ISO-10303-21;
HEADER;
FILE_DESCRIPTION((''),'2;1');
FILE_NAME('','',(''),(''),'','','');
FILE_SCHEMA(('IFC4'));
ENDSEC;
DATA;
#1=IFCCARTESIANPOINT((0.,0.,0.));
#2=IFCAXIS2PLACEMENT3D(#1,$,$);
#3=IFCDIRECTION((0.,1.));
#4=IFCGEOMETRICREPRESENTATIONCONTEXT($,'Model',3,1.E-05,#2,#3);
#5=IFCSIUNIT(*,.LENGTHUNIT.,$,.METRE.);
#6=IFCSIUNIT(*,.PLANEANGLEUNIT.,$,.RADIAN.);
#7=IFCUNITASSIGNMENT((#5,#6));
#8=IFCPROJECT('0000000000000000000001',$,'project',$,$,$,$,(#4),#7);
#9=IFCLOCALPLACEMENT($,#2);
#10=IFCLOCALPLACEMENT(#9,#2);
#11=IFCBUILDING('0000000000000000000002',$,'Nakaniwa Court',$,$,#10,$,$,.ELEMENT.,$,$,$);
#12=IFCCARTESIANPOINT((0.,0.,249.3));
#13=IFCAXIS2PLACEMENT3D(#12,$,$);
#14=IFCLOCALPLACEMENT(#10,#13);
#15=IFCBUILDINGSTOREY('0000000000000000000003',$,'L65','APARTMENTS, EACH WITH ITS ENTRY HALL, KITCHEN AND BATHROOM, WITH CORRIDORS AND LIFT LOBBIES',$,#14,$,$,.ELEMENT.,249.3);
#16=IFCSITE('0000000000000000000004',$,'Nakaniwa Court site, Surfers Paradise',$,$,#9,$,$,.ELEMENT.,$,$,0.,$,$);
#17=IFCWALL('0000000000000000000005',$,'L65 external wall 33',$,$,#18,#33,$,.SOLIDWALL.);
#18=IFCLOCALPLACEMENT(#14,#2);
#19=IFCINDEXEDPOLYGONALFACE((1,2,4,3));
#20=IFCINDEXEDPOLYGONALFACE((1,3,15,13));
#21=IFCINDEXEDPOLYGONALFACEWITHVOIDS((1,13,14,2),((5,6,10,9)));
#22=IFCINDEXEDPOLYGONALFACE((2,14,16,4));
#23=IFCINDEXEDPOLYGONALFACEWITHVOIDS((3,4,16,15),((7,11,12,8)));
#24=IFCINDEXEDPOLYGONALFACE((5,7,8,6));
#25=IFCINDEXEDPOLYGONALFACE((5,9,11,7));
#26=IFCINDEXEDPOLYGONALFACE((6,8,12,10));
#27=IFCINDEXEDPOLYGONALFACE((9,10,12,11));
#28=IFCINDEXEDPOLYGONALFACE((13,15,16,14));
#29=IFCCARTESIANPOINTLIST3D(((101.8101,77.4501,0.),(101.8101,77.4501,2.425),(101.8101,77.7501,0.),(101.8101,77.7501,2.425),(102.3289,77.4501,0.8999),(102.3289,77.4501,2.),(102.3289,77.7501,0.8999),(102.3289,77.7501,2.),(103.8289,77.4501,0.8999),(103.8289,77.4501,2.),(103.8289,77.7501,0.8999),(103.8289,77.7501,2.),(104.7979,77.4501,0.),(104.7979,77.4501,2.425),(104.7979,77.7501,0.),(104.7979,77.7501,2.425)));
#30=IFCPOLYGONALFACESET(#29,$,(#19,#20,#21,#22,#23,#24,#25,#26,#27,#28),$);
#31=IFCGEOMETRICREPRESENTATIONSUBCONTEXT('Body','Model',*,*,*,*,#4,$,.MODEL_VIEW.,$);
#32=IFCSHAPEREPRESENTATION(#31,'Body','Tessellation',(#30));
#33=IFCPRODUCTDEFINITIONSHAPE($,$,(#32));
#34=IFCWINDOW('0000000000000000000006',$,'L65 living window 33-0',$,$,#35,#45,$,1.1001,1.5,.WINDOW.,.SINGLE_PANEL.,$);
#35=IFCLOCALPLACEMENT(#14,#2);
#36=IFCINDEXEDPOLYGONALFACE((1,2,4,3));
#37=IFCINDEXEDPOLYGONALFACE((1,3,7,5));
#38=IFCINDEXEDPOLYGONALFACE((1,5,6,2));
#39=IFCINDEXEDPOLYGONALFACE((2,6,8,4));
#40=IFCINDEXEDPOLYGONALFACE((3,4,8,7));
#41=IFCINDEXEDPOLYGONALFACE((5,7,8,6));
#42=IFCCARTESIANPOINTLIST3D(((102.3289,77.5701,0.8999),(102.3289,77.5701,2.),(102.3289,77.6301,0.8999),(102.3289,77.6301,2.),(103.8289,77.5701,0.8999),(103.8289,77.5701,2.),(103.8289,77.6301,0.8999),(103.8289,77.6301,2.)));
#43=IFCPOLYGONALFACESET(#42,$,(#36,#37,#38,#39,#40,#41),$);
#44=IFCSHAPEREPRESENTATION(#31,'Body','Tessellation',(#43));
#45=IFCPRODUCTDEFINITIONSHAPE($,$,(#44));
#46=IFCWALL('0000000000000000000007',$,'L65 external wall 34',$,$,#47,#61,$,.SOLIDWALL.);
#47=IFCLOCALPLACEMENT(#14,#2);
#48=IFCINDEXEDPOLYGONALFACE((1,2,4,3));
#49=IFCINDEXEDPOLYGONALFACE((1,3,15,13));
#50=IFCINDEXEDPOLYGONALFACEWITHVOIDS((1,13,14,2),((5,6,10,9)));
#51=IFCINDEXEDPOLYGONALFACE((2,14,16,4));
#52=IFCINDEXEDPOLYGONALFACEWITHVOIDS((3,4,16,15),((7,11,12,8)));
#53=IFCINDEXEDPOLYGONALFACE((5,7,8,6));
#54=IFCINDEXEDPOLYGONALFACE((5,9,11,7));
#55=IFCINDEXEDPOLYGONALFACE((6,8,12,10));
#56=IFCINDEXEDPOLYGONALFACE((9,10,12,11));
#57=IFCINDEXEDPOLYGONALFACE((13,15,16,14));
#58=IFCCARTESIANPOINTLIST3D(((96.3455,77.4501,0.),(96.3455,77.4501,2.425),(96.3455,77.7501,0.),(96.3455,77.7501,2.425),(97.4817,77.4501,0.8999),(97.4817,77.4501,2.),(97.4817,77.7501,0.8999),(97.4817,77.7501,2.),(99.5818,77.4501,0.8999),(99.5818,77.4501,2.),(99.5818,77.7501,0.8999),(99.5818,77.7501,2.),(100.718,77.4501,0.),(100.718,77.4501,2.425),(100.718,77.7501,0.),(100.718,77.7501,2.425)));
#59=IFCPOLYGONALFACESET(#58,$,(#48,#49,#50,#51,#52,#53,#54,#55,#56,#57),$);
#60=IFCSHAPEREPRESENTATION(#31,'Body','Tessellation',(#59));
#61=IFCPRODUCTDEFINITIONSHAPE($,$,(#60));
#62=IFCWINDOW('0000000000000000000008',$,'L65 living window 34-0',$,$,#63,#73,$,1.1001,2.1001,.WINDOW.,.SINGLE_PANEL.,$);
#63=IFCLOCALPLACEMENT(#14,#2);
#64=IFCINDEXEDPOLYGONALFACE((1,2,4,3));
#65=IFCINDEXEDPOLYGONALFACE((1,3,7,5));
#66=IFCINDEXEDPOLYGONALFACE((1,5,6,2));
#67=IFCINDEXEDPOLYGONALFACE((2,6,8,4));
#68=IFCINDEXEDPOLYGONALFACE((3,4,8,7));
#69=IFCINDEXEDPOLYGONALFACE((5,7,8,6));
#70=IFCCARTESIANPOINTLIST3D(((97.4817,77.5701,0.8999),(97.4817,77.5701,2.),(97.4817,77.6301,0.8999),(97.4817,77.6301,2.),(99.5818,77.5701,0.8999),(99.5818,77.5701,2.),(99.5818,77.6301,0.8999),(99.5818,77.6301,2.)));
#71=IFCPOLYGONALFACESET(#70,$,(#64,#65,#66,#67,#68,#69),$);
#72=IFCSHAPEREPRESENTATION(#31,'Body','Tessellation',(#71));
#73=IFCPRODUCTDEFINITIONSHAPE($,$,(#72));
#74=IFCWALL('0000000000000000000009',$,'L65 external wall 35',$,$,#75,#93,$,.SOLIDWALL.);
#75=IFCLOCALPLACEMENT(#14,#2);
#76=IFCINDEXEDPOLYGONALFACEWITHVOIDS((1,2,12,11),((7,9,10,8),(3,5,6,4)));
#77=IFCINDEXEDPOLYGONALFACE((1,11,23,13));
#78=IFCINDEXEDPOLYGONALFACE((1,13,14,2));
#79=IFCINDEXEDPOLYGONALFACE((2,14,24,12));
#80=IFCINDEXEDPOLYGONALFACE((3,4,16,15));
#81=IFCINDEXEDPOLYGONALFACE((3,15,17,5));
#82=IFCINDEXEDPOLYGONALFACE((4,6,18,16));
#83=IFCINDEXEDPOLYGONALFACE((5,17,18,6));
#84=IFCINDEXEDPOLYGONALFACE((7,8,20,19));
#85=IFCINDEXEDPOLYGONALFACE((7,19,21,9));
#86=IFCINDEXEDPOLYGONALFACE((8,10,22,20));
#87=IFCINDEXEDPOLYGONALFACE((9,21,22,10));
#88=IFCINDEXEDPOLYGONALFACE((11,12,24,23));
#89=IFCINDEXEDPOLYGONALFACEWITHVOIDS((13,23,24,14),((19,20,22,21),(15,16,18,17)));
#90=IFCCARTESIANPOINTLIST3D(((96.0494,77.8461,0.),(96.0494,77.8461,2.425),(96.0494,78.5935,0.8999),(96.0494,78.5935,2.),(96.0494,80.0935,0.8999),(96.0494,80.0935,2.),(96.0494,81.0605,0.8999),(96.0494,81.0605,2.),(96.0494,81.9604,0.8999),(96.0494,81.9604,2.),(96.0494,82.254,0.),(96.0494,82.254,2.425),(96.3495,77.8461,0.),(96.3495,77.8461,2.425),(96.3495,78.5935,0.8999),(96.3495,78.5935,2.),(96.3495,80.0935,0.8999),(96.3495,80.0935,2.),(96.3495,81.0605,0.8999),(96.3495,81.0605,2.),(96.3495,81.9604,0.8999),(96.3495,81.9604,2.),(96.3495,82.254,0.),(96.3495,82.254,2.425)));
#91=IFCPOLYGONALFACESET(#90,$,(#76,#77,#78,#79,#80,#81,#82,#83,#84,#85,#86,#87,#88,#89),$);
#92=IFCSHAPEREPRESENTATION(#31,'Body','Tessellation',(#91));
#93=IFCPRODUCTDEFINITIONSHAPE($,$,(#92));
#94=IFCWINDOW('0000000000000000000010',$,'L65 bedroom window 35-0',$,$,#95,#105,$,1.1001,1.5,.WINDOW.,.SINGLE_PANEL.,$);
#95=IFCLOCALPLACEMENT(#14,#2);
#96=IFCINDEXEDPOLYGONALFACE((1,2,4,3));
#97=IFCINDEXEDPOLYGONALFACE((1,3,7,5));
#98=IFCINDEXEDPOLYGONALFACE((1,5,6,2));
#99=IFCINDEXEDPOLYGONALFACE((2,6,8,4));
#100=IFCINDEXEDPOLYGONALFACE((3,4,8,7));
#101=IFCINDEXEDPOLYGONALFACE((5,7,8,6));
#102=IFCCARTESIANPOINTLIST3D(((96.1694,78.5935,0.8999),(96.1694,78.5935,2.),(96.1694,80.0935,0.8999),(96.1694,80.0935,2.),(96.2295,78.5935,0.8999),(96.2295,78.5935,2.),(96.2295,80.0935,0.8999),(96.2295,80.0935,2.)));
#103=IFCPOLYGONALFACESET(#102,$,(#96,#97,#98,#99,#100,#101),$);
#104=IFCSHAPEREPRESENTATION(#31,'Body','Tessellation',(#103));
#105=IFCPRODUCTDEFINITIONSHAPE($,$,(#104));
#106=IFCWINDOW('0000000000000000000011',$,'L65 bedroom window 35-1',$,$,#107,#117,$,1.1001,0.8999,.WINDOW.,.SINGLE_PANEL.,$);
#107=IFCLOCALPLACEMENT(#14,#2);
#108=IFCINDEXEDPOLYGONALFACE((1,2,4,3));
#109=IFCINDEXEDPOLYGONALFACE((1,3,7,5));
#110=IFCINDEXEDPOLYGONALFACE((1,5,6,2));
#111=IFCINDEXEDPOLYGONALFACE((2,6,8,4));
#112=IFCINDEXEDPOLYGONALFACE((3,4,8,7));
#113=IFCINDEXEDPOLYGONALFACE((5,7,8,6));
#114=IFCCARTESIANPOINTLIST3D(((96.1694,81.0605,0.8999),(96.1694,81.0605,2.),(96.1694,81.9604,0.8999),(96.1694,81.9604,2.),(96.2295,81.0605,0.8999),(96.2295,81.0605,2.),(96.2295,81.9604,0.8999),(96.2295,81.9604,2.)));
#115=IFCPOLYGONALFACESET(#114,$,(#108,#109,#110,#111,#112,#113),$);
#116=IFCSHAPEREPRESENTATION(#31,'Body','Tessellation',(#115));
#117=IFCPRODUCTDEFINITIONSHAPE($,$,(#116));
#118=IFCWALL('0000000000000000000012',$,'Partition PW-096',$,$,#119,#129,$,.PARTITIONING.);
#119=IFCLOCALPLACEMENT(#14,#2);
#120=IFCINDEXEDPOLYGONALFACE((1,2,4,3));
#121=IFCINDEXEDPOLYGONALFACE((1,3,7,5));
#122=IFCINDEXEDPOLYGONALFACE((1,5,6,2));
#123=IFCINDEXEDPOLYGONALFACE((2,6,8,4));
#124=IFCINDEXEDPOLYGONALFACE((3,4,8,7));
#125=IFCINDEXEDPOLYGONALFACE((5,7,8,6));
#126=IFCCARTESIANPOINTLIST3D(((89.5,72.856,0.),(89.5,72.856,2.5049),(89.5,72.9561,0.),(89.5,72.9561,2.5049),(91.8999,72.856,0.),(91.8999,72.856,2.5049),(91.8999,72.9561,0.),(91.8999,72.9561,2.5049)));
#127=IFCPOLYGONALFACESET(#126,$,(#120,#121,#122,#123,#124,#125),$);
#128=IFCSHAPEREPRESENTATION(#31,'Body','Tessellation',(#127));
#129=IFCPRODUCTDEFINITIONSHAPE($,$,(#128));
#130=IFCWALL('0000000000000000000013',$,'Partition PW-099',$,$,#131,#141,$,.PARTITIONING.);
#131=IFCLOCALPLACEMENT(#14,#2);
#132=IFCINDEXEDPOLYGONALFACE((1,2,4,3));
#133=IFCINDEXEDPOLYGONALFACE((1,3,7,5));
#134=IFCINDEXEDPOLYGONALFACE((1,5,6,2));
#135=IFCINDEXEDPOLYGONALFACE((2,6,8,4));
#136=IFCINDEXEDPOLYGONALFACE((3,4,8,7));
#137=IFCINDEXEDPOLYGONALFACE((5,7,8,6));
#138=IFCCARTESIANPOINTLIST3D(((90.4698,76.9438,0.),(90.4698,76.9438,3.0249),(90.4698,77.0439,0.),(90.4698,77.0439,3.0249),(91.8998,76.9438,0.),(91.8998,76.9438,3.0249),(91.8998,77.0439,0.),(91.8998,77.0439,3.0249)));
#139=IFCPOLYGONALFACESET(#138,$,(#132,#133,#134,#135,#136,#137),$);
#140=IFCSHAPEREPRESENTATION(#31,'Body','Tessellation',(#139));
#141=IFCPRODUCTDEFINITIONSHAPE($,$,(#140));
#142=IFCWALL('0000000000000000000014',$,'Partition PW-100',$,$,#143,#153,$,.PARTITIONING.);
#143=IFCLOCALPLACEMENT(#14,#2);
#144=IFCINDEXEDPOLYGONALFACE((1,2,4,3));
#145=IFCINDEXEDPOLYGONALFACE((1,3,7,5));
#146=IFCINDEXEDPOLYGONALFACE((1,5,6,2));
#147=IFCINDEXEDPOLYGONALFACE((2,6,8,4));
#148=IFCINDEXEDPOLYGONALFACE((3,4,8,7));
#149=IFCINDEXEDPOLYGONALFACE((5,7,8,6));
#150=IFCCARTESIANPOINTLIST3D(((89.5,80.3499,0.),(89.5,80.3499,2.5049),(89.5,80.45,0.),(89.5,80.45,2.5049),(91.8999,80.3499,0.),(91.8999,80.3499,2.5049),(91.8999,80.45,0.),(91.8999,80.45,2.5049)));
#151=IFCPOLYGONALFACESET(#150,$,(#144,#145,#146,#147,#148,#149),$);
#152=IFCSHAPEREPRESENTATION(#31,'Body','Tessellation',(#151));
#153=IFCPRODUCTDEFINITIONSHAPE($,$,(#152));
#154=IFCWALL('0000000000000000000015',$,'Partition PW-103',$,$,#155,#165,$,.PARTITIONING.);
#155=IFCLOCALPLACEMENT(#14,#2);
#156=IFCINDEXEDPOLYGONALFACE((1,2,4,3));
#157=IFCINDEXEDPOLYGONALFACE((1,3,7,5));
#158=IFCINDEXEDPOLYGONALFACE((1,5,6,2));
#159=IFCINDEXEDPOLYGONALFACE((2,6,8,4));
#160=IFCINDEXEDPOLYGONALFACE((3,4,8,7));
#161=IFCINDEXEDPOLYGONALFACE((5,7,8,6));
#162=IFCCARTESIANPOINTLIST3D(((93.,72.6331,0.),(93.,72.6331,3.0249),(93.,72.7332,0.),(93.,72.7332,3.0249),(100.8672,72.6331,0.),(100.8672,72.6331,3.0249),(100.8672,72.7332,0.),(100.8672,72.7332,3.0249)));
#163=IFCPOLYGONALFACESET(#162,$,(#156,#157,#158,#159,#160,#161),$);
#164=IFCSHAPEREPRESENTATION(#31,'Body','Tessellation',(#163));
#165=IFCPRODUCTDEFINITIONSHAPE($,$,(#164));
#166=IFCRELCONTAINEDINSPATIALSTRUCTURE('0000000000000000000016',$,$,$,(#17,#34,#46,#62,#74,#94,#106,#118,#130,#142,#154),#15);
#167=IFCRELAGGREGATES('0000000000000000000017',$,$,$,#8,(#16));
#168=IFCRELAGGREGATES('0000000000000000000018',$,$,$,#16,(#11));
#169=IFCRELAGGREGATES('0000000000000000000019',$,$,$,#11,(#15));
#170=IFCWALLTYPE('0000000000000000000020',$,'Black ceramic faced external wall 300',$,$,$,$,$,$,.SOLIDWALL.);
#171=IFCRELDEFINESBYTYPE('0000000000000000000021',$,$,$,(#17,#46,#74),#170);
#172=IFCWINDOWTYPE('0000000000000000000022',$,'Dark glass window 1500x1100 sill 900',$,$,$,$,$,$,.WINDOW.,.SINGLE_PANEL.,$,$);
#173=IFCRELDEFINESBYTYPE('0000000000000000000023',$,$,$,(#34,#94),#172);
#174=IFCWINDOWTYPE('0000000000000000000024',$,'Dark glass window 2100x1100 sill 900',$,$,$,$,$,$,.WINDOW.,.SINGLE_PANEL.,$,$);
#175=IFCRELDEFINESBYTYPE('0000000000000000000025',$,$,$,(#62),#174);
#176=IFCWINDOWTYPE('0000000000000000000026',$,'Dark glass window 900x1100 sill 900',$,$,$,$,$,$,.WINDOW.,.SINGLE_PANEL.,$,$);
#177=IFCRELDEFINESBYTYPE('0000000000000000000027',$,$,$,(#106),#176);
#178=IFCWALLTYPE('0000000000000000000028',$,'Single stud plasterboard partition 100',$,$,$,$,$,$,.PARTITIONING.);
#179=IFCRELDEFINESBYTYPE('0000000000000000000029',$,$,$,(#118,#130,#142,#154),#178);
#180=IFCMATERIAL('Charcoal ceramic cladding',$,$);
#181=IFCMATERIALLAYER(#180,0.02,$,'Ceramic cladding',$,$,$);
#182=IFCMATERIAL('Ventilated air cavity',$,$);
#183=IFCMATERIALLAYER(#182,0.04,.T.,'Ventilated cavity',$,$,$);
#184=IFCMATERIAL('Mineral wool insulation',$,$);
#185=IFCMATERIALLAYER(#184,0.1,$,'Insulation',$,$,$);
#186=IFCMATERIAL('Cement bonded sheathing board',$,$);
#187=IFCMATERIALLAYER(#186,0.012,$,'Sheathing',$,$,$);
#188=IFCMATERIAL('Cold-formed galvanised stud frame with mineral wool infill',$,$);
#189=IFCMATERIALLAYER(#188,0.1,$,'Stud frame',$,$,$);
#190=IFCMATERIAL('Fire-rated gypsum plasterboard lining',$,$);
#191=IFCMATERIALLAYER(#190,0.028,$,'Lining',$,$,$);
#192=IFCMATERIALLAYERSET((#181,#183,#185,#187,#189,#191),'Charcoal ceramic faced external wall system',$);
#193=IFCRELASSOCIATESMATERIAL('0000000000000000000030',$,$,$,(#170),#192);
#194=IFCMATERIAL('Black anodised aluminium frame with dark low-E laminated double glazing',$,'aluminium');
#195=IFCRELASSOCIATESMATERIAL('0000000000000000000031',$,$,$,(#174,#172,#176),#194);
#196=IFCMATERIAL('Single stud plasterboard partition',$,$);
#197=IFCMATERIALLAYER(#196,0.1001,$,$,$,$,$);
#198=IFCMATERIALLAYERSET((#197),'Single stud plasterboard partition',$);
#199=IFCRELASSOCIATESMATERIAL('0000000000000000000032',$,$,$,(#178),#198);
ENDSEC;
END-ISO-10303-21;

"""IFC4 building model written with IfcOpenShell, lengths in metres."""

from ifc_helpers import new_model, si_unit, direction, frame, frame_2d, origin, place, context, subcontext, project, spatial, rectangle, extrude, material, layer, layer_set, type_object, element, fill, save


model = new_model("IFC4")

# Units and contexts
model_context = context("Model", 3, precision=1e-05, world=origin(), true_north=direction((0.0, 1.0)))
body_context = subcontext(model_context, "Body", "Model", "MODEL_VIEW")
ifc_project = project(units=[si_unit("LENGTHUNIT", "METRE"), si_unit("PLANEANGLEUNIT", "RADIAN")], contexts=[model_context])

# Site, building, storey
site_placement = place(None, origin())
site = spatial("IfcSite", under=ifc_project, at=site_placement, Name="Nakaniwa Court site, Surfers Paradise", CompositionType="ELEMENT", RefElevation=0.0)
building_placement = place(site_placement, origin())
building = spatial("IfcBuilding", under=site, at=building_placement, Name="Nakaniwa Court", CompositionType="ELEMENT")
storey_placement = place(building_placement, frame((0.0, 0.0, 249.3)))
storey = spatial("IfcBuildingStorey", under=building, at=storey_placement, Name="L65", Description="APARTMENTS, EACH WITH ITS ENTRY HALL, KITCHEN AND BATHROOM, WITH CORRIDORS AND LIFT LOBBIES", CompositionType="ELEMENT", Elevation=249.3)

# Walls, openings, windows
ifc_material_1 = material(Name="Charcoal ceramic cladding")
ifc_layer_1 = layer(ifc_material_1, 0.02, Name="Ceramic cladding")
ifc_material_2 = material(Name="Ventilated air cavity")
ifc_layer_2 = layer(ifc_material_2, 0.04, ventilated=True, Name="Ventilated cavity")
ifc_material_3 = material(Name="Mineral wool insulation")
ifc_layer_3 = layer(ifc_material_3, 0.1, Name="Insulation")
ifc_material_4 = material(Name="Cement bonded sheathing board")
ifc_layer_4 = layer(ifc_material_4, 0.012, Name="Sheathing")
ifc_material_5 = material(Name="Cold-formed galvanised stud frame with mineral wool infill")
ifc_layer_5 = layer(ifc_material_5, 0.1, Name="Stud frame")
ifc_material_6 = material(Name="Fire-rated gypsum plasterboard lining")
ifc_layer_6 = layer(ifc_material_6, 0.028, Name="Lining")
ifc_layer_set_1 = layer_set([ifc_layer_1, ifc_layer_2, ifc_layer_3, ifc_layer_4, ifc_layer_5, ifc_layer_6], Name="Charcoal ceramic faced external wall system")
wall_type_1 = type_object("IfcWallType", Name="Black ceramic faced external wall 300", PredefinedType="SOLIDWALL", material=ifc_layer_set_1)
ifc_material_7 = material(Name="Black anodised aluminium frame with dark low-E laminated double glazing", Category="aluminium")
window_type_1 = type_object("IfcWindowType", Name="Dark glass window 2100x1100 sill 900", PartitioningType="SINGLE_PANEL", PredefinedType="WINDOW", material=ifc_material_7)
wall_1_placement = place(storey_placement, frame((104.7979, 77.6001, 0.0), z_axis=(0.0, 0.0, 1.0), x_axis=(-1.0, 0.0, 0.0)))
wall_1 = element("IfcWall", 1, at=wall_1_placement, inside=storey, type_object=wall_type_1, Name="L65 external wall 33", PredefinedType="SOLIDWALL", context=body_context, shape_type="SweptSolid", body=[
    extrude(rectangle(XDim=2.9878, YDim=0.3, at=frame_2d((1.4939, 0.0))), origin(), (0.0, 0.0, 1.0), 2.425),
])
opening_1_placement = place(wall_1_placement, frame((0.969, 0.0, 0.8999)))
opening_1 = element("IfcOpeningElement", 2, at=opening_1_placement, cuts=wall_1, PredefinedType="OPENING", context=body_context, shape_type="SweptSolid", body=[
    extrude(rectangle(XDim=1.5, YDim=1.1001, at=frame_2d((0.75, 0.55))), frame((0.0, 0.1599, 0.0), z_axis=(0.0, -1.0, 0.0), x_axis=(1.0, 0.0, 0.0)), (0.0, 0.0, 1.0), 0.3201),
])
window_type_2 = type_object("IfcWindowType", Name="Dark glass window 1500x1100 sill 900", PartitioningType="SINGLE_PANEL", PredefinedType="WINDOW", material=ifc_material_7)
window_1_placement = place(opening_1_placement, origin())
window_1 = element("IfcWindow", 3, at=window_1_placement, inside=storey, type_object=window_type_2, Name="L65 living window 33-0", OverallHeight=1.1001, OverallWidth=1.5, PartitioningType="SINGLE_PANEL", PredefinedType="WINDOW", context=body_context, shape_type="SweptSolid", body=[
    extrude(rectangle(XDim=1.5, YDim=1.1001, at=frame_2d((0.75, 0.55))), frame((0.0, 0.03, 0.0), z_axis=(0.0, -1.0, 0.0), x_axis=(1.0, 0.0, 0.0)), (0.0, 0.0, 1.0), 0.0601),
])
fill(opening_1, window_1)
wall_2_placement = place(storey_placement, frame((100.718, 77.6001, 0.0), z_axis=(0.0, 0.0, 1.0), x_axis=(-1.0, 0.0, 0.0)))
wall_2 = element("IfcWall", 4, at=wall_2_placement, inside=storey, type_object=wall_type_1, Name="L65 external wall 34", PredefinedType="SOLIDWALL", context=body_context, shape_type="SweptSolid", body=[
    extrude(rectangle(XDim=4.3726, YDim=0.3, at=frame_2d((2.1863, 0.0))), origin(), (0.0, 0.0, 1.0), 2.425),
])
opening_2_placement = place(wall_2_placement, frame((1.1362, 0.0, 0.8999)))
opening_2 = element("IfcOpeningElement", 5, at=opening_2_placement, cuts=wall_2, PredefinedType="OPENING", context=body_context, shape_type="SweptSolid", body=[
    extrude(rectangle(XDim=2.1001, YDim=1.1001, at=frame_2d((1.05, 0.55))), frame((0.0, 0.1599, 0.0), z_axis=(0.0, -1.0, 0.0), x_axis=(1.0, 0.0, 0.0)), (0.0, 0.0, 1.0), 0.3201),
])
window_2_placement = place(opening_2_placement, origin())
window_2 = element("IfcWindow", 6, at=window_2_placement, inside=storey, type_object=window_type_1, Name="L65 living window 34-0", OverallHeight=1.1001, OverallWidth=2.1001, PartitioningType="SINGLE_PANEL", PredefinedType="WINDOW", context=body_context, shape_type="SweptSolid", body=[
    extrude(rectangle(XDim=2.1001, YDim=1.1001, at=frame_2d((1.05, 0.55))), frame((0.0, 0.03, 0.0), z_axis=(0.0, -1.0, 0.0), x_axis=(1.0, 0.0, 0.0)), (0.0, 0.0, 1.0), 0.0601),
])
fill(opening_2, window_2)

# Wall, openings, windows
wall_3_placement = place(storey_placement, frame((96.1995, 77.8459, 0.0), z_axis=(0.0, 0.0, 1.0), x_axis=(0.0, 1.0, 0.0)))
wall_3 = element("IfcWall", 7, at=wall_3_placement, inside=storey, type_object=wall_type_1, Name="L65 external wall 35", PredefinedType="SOLIDWALL", context=body_context, shape_type="SweptSolid", body=[
    extrude(rectangle(XDim=4.408, YDim=0.3, at=frame_2d((2.2041, 0.0))), origin(), (0.0, 0.0, 1.0), 2.425),
])
opening_3_placement = place(wall_3_placement, frame((0.7476, 0.0, 0.8999)))
opening_3 = element("IfcOpeningElement", 8, at=opening_3_placement, cuts=wall_3, PredefinedType="OPENING", context=body_context, shape_type="SweptSolid", body=[
    extrude(rectangle(XDim=1.5, YDim=1.1001, at=frame_2d((0.75, 0.55))), frame((0.0, 0.1599, 0.0), z_axis=(0.0, -1.0, 0.0), x_axis=(1.0, 0.0, 0.0)), (0.0, 0.0, 1.0), 0.3201),
])
opening_4_placement = place(wall_3_placement, frame((3.2146, 0.0, 0.8999)))
opening_4 = element("IfcOpeningElement", 9, at=opening_4_placement, cuts=wall_3, PredefinedType="OPENING", context=body_context, shape_type="SweptSolid", body=[
    extrude(rectangle(XDim=0.8999, YDim=1.1001, at=frame_2d((0.45, 0.55))), frame((0.0, 0.1599, 0.0), z_axis=(0.0, -1.0, 0.0), x_axis=(1.0, 0.0, 0.0)), (0.0, 0.0, 1.0), 0.3201),
])
window_3_placement = place(opening_3_placement, origin())
window_3 = element("IfcWindow", 10, at=window_3_placement, inside=storey, type_object=window_type_2, Name="L65 bedroom window 35-0", OverallHeight=1.1001, OverallWidth=1.5, PartitioningType="SINGLE_PANEL", PredefinedType="WINDOW", context=body_context, shape_type="SweptSolid", body=[
    extrude(rectangle(XDim=1.5, YDim=1.1001, at=frame_2d((0.75, 0.55))), frame((0.0, 0.03, 0.0), z_axis=(0.0, -1.0, 0.0), x_axis=(1.0, 0.0, 0.0)), (0.0, 0.0, 1.0), 0.0601),
])
fill(opening_3, window_3)
window_type_3 = type_object("IfcWindowType", Name="Dark glass window 900x1100 sill 900", PartitioningType="SINGLE_PANEL", PredefinedType="WINDOW", material=ifc_material_7)
window_4_placement = place(opening_4_placement, origin())
window_4 = element("IfcWindow", 11, at=window_4_placement, inside=storey, type_object=window_type_3, Name="L65 bedroom window 35-1", OverallHeight=1.1001, OverallWidth=0.8999, PartitioningType="SINGLE_PANEL", PredefinedType="WINDOW", context=body_context, shape_type="SweptSolid", body=[
    extrude(rectangle(XDim=0.8999, YDim=1.1001, at=frame_2d((0.45, 0.55))), frame((0.0, 0.03, 0.0), z_axis=(0.0, -1.0, 0.0), x_axis=(1.0, 0.0, 0.0)), (0.0, 0.0, 1.0), 0.0601),
])
fill(opening_4, window_4)

# Walls
ifc_material_8 = material(Name="Single stud plasterboard partition")
ifc_layer_7 = layer(ifc_material_8, 0.1001)
ifc_layer_set_2 = layer_set([ifc_layer_7], Name="Single stud plasterboard partition")
wall_type_2 = type_object("IfcWallType", Name="Single stud plasterboard partition 100", PredefinedType="PARTITIONING", material=ifc_layer_set_2)
wall_4_placement = place(storey_placement, frame((89.5, 72.906, 0.0), z_axis=(0.0, 0.0, 1.0), x_axis=(1.0, 0.0, 0.0)))
element("IfcWall", 12, at=wall_4_placement, inside=storey, type_object=wall_type_2, Name="Partition PW-096", PredefinedType="PARTITIONING", context=body_context, shape_type="SweptSolid", body=[
    extrude(rectangle(XDim=2.3999, YDim=0.1001, at=frame_2d((1.2, 0.0))), origin(), (0.0, 0.0, 1.0), 2.5049),
])
wall_5_placement = place(storey_placement, frame((90.47, 76.9939, 0.0), z_axis=(0.0, 0.0, 1.0), x_axis=(1.0, 0.0, 0.0)))
element("IfcWall", 13, at=wall_5_placement, inside=storey, type_object=wall_type_2, Name="Partition PW-099", PredefinedType="PARTITIONING", context=body_context, shape_type="SweptSolid", body=[
    extrude(rectangle(XDim=1.4299, YDim=0.1001, at=frame_2d((0.7148, 0.0))), origin(), (0.0, 0.0, 1.0), 3.0249),
])
wall_6_placement = place(storey_placement, frame((89.5, 80.3999, 0.0), z_axis=(0.0, 0.0, 1.0), x_axis=(1.0, 0.0, 0.0)))
element("IfcWall", 14, at=wall_6_placement, inside=storey, type_object=wall_type_2, Name="Partition PW-100", PredefinedType="PARTITIONING", context=body_context, shape_type="SweptSolid", body=[
    extrude(rectangle(XDim=2.3999, YDim=0.1001, at=frame_2d((1.2, 0.0))), origin(), (0.0, 0.0, 1.0), 2.5049),
])
wall_7_placement = place(storey_placement, frame((93.0, 72.6831, 0.0), z_axis=(0.0, 0.0, 1.0), x_axis=(1.0, 0.0, 0.0)))
element("IfcWall", 15, at=wall_7_placement, inside=storey, type_object=wall_type_2, Name="Partition PW-103", PredefinedType="PARTITIONING", context=body_context, shape_type="SweptSolid", body=[
    extrude(rectangle(XDim=7.8672, YDim=0.1001, at=frame_2d((3.9336, 0.0))), origin(), (0.0, 0.0, 1.0), 3.0249),
])

save(model, "model.ifc")
